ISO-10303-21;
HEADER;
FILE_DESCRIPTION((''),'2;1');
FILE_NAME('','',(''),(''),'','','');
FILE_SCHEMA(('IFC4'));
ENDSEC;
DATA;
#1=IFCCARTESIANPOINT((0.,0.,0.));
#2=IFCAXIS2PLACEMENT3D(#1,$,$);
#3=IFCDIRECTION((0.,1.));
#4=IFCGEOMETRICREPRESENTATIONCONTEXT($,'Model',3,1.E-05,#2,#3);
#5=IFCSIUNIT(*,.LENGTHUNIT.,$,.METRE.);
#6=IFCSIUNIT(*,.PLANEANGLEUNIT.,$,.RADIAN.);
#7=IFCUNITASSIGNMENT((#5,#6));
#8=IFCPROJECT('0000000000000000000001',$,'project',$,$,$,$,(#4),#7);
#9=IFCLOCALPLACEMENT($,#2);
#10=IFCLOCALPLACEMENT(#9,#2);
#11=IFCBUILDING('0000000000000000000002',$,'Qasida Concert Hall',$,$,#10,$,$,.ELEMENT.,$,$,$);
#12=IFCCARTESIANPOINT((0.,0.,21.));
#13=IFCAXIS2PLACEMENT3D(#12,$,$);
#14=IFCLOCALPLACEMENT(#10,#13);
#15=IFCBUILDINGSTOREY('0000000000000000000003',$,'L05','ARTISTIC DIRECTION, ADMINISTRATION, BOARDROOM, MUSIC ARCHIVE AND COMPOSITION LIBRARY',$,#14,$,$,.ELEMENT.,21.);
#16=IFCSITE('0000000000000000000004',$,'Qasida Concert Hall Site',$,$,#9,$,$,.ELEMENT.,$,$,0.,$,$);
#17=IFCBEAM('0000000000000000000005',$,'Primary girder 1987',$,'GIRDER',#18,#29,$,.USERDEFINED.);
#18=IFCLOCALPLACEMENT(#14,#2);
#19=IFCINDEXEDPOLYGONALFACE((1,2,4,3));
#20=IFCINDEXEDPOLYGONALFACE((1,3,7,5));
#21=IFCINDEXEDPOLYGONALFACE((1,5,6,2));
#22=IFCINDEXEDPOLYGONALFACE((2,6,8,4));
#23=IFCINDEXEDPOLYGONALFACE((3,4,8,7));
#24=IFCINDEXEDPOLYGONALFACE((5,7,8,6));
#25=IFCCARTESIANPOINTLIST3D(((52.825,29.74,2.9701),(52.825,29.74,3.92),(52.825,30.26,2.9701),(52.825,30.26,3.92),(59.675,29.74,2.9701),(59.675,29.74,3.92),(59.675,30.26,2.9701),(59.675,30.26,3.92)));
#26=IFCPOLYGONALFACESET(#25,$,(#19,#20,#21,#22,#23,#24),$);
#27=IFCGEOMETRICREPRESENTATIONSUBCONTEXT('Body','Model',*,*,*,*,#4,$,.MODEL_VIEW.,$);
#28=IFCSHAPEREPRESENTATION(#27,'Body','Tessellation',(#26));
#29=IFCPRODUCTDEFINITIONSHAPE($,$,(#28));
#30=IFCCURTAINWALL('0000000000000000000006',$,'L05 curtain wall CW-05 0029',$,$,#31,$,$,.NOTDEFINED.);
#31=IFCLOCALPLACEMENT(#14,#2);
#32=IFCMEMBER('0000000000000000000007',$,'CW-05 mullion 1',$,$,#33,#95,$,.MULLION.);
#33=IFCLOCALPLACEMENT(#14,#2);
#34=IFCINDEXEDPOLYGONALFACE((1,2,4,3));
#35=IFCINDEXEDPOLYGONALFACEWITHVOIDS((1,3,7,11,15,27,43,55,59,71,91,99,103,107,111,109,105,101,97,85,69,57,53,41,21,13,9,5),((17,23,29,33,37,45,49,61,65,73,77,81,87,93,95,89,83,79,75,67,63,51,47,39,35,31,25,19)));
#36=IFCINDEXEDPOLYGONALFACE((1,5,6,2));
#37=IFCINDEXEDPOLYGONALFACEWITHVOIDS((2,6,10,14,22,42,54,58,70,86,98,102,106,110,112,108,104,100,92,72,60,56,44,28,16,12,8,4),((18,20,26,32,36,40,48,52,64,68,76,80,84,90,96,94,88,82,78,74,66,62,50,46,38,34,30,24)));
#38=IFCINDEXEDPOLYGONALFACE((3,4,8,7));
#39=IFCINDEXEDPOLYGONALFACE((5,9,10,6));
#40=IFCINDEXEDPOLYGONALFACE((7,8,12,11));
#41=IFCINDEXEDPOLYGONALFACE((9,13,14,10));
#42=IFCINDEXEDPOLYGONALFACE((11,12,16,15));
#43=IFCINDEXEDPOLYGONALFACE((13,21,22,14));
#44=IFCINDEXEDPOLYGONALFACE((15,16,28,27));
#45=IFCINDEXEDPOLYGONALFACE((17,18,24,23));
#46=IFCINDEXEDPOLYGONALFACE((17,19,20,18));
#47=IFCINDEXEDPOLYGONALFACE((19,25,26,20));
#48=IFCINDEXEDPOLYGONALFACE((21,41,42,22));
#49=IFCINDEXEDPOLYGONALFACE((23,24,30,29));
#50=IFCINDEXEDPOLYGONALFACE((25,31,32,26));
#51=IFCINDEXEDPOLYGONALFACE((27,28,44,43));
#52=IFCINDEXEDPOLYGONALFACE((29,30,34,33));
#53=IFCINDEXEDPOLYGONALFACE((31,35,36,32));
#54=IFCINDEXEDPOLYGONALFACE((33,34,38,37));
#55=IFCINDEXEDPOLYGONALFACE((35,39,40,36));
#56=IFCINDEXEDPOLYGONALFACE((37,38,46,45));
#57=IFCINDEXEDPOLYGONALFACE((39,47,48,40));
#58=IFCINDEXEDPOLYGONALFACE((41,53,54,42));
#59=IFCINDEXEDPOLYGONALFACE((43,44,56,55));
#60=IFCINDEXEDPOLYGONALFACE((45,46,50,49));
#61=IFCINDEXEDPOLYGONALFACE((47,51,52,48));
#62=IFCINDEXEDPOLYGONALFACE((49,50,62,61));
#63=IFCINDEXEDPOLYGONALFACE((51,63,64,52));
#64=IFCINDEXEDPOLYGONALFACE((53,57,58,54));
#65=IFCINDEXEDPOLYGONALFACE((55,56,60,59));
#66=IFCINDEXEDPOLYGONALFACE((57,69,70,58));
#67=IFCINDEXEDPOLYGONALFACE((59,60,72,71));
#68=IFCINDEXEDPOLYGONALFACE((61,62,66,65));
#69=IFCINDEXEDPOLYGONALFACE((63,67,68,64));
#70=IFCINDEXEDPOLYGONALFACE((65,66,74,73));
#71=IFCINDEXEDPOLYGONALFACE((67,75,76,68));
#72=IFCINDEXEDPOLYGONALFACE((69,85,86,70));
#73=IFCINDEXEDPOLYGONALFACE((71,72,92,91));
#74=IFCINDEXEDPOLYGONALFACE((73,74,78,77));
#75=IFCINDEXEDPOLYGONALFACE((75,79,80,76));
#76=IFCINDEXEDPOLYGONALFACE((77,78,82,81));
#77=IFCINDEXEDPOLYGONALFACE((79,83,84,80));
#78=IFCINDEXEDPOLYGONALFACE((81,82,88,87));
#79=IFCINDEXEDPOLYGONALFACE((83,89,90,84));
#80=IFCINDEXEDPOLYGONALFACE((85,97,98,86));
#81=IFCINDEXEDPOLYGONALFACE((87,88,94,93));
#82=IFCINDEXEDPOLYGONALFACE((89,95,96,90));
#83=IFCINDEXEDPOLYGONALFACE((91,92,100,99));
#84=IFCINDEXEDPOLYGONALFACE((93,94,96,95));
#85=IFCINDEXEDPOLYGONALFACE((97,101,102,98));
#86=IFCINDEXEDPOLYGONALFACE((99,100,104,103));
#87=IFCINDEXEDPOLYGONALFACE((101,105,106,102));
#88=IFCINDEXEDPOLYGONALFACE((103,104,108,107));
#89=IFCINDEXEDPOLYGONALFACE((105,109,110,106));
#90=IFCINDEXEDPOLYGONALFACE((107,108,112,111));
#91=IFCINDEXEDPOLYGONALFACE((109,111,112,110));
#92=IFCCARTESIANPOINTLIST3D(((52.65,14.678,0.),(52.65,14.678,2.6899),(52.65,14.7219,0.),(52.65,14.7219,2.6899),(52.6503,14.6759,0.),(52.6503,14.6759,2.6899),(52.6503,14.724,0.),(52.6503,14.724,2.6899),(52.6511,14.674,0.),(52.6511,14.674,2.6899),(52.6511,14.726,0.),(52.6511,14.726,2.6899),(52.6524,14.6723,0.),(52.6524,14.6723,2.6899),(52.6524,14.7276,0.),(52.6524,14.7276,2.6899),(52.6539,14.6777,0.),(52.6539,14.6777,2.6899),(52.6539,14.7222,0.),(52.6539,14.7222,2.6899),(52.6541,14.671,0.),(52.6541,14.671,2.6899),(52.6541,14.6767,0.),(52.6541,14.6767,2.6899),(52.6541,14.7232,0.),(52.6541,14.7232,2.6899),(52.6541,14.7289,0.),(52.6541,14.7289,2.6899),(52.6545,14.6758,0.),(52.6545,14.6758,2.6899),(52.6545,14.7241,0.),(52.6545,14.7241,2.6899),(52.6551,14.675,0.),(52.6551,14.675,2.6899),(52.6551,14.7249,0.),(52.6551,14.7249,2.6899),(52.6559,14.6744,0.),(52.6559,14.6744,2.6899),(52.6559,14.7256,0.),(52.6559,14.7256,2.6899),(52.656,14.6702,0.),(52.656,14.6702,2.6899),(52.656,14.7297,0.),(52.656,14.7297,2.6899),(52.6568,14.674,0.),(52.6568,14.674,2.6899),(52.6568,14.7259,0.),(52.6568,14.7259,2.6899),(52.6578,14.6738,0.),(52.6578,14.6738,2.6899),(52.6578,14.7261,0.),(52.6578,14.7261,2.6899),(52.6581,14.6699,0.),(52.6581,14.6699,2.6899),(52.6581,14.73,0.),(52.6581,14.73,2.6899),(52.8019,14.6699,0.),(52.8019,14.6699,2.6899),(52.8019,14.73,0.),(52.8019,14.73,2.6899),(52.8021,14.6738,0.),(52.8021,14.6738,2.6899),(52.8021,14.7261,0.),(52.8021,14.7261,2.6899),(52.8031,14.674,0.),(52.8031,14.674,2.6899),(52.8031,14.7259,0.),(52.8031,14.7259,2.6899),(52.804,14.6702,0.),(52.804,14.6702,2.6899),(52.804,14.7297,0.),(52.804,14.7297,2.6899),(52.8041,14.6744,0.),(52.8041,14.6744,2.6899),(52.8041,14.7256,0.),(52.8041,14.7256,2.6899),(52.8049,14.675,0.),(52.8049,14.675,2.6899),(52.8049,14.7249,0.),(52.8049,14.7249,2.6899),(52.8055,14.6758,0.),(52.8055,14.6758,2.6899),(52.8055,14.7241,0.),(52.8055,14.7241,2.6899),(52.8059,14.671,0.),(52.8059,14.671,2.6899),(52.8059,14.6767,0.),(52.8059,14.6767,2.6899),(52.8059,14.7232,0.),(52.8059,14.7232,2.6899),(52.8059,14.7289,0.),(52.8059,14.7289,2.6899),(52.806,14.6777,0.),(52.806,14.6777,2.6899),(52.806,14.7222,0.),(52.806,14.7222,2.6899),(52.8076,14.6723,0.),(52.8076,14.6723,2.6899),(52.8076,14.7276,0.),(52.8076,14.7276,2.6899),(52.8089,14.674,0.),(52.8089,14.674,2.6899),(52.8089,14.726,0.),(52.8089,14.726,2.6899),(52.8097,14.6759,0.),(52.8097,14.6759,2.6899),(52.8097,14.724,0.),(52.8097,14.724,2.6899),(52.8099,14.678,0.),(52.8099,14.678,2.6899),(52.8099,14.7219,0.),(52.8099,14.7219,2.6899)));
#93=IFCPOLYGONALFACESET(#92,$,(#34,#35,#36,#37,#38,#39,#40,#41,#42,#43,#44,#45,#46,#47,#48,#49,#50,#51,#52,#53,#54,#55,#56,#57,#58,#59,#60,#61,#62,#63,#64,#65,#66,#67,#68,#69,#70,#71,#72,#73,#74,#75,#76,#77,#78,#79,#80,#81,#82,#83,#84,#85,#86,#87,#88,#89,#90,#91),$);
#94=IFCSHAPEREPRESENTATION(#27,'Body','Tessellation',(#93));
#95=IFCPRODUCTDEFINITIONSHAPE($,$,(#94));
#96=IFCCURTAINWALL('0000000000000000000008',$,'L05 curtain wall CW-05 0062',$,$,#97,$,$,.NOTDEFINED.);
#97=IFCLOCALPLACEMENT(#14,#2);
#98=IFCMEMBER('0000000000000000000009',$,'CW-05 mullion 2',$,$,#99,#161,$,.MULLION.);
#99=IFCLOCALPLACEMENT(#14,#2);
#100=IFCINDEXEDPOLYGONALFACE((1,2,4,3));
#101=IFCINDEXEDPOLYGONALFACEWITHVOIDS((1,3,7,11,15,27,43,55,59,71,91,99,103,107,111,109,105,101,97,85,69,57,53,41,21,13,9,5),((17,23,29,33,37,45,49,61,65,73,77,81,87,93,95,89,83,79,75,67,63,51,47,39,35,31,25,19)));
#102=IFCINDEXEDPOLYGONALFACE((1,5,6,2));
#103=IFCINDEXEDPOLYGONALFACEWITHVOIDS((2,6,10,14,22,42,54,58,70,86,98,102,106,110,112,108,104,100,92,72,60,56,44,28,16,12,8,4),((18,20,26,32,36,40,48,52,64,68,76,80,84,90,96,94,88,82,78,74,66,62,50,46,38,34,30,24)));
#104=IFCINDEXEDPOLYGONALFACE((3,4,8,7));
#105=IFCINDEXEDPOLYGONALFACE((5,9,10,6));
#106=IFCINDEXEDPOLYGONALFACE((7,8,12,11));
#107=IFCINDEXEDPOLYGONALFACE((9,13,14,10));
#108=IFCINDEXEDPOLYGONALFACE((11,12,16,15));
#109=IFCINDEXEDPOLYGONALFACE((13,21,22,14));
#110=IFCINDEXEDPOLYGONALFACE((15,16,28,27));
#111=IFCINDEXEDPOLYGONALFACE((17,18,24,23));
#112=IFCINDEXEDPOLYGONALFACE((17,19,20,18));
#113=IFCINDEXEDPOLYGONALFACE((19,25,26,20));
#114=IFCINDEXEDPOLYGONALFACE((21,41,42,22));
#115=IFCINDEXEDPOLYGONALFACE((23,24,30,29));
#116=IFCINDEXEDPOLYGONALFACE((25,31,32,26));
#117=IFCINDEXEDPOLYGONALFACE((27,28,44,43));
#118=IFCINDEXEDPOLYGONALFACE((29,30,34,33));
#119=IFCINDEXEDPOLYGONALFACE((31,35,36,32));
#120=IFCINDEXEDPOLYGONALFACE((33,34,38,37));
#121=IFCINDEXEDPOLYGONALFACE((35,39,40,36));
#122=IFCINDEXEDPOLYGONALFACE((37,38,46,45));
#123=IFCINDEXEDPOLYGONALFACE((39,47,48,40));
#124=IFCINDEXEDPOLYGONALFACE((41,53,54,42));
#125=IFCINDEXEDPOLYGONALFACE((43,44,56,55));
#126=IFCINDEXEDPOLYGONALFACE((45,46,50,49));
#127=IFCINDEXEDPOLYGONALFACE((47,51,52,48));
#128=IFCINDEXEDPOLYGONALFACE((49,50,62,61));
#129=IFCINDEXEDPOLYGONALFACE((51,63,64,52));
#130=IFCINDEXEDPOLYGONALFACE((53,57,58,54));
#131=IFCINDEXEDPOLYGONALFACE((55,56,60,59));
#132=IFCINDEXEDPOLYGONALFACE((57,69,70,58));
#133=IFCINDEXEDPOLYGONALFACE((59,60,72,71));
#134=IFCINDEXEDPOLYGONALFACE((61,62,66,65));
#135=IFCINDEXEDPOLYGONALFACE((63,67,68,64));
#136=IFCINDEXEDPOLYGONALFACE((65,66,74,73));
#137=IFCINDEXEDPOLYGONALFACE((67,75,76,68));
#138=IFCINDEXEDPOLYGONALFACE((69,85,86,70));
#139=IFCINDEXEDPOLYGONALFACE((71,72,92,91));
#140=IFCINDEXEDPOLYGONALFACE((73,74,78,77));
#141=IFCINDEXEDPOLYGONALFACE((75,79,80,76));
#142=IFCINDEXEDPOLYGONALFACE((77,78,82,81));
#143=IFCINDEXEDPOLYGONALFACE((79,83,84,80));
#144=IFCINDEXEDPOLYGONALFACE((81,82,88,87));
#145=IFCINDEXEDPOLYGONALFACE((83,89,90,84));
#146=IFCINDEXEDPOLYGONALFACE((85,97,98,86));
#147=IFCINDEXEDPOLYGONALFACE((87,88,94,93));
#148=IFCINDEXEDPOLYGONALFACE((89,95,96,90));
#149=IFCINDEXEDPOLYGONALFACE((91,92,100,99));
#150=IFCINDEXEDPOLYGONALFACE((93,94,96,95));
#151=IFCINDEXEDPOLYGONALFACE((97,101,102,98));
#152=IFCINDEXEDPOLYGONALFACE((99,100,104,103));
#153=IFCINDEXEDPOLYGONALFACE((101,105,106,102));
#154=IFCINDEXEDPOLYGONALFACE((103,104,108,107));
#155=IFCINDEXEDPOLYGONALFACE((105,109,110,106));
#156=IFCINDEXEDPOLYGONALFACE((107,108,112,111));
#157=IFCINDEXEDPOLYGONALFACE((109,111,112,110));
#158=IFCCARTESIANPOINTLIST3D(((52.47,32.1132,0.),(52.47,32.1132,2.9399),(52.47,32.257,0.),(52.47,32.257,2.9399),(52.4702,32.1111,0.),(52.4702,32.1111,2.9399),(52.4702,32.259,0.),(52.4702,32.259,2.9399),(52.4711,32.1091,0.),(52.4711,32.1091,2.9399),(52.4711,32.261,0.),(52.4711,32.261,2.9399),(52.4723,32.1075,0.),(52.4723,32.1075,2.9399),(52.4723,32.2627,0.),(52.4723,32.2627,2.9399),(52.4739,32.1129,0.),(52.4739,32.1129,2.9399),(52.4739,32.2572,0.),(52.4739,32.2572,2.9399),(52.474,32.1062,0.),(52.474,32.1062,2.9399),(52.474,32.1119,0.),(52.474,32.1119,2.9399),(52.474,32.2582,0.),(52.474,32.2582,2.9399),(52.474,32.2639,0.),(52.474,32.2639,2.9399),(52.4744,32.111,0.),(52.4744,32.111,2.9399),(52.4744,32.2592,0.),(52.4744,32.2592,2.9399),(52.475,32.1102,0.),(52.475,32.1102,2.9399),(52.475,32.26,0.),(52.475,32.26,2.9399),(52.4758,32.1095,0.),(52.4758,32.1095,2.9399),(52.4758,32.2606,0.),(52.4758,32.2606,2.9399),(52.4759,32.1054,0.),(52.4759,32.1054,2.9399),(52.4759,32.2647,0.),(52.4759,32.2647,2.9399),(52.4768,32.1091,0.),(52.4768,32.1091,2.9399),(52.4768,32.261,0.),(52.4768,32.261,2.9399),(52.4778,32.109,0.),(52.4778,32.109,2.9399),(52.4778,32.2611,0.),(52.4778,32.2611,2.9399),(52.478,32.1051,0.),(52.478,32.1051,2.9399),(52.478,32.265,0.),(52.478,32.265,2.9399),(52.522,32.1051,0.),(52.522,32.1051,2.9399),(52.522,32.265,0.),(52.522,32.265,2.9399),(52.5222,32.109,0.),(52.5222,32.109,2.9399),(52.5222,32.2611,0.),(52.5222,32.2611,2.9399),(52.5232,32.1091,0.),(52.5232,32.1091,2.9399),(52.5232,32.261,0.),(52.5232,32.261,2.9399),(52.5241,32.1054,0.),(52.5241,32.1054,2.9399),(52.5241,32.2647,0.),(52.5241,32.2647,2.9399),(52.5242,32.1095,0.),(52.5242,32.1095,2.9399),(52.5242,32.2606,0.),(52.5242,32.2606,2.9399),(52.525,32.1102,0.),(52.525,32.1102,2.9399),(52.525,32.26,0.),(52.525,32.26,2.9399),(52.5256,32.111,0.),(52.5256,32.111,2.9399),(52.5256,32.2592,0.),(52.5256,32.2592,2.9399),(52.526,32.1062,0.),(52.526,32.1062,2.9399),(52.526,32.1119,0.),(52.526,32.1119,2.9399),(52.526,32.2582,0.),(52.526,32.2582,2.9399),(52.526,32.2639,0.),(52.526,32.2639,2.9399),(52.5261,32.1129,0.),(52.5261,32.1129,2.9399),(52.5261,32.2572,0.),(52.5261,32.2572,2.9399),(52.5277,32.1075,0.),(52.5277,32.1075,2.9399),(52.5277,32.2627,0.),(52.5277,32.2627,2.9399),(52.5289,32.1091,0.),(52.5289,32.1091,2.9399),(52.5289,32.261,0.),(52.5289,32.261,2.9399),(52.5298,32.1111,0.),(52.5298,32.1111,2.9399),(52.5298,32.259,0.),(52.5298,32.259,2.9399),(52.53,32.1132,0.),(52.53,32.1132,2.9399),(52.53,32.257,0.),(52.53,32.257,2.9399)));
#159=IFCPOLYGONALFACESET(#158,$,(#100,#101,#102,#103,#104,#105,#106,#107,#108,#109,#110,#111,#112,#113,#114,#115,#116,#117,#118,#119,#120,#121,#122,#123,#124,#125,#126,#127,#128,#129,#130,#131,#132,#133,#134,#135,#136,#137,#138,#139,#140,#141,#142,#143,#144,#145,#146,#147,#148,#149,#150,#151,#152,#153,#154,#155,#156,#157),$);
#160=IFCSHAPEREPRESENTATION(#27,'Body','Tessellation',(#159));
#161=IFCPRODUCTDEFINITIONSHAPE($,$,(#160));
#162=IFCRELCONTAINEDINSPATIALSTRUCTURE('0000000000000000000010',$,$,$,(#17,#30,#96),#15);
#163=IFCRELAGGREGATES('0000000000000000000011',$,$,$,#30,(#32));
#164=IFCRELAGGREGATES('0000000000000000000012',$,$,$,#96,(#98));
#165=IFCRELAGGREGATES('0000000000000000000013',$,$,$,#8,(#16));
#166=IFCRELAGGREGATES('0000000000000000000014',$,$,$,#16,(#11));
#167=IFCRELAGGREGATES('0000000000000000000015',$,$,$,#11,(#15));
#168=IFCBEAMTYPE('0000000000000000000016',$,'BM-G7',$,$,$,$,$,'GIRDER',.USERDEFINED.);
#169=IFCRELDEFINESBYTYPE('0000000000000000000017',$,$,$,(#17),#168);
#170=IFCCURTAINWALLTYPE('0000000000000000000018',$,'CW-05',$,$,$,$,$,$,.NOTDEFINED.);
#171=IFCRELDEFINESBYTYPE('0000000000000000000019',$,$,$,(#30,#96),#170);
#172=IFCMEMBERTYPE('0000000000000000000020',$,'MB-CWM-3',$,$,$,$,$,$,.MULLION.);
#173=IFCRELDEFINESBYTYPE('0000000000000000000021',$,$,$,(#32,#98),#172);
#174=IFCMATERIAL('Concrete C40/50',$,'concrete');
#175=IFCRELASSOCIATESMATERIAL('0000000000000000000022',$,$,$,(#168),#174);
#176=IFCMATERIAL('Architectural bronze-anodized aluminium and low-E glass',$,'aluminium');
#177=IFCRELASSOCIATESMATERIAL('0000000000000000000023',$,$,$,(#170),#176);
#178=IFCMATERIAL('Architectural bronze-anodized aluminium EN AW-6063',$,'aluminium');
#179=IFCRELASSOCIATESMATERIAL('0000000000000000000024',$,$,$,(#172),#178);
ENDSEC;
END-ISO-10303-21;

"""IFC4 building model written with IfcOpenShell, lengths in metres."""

from ifc_helpers import new_model, si_unit, direction, frame, origin, origin_2d, place, context, subcontext, project, spatial, rectangle, hollow_rectangle, extrude, material, material_profile, profile_set, type_object, element, aggregate, save


model = new_model("IFC4")

# Units and contexts
model_context = context("Model", 3, precision=1e-05, world=origin(), true_north=direction((0.0, 1.0)))
body_context = subcontext(model_context, "Body", "Model", "MODEL_VIEW")
ifc_project = project(units=[si_unit("LENGTHUNIT", "METRE"), si_unit("PLANEANGLEUNIT", "RADIAN")], contexts=[model_context])

# Site, building, storey
site_placement = place(None, origin())
site = spatial("IfcSite", under=ifc_project, at=site_placement, Name="Qasida Concert Hall Site", CompositionType="ELEMENT", RefElevation=0.0)
building_placement = place(site_placement, origin())
building = spatial("IfcBuilding", under=site, at=building_placement, Name="Qasida Concert Hall", CompositionType="ELEMENT")
storey_placement = place(building_placement, frame((0.0, 0.0, 21.0)))
storey = spatial("IfcBuildingStorey", under=building, at=storey_placement, Name="L05", Description="ARTISTIC DIRECTION, ADMINISTRATION, BOARDROOM, MUSIC ARCHIVE AND COMPOSITION LIBRARY", CompositionType="ELEMENT", Elevation=21.0)

# Beam
ifc_material_1 = material(Name="Concrete C40/50", Category="concrete")
ifc_material_profile_1 = material_profile(ifc_material_1, rectangle(XDim=0.52, YDim=0.95, at=origin_2d()), Name="RC 520x950")
ifc_profile_set_1 = profile_set([ifc_material_profile_1], Name="Concrete C40/50")
beam_type = type_object("IfcBeamType", Name="BM-G7", ElementType="GIRDER", PredefinedType="USERDEFINED", material=ifc_profile_set_1)
beam_placement = place(storey_placement, frame((52.825, 30.0, 3.4451), z_axis=(1.0, 0.0, 0.0), x_axis=(0.0, 1.0, 0.0)))
element("IfcBeam", 1, at=beam_placement, inside=storey, type_object=beam_type, Name="Primary girder 1987", ObjectType="GIRDER", PredefinedType="USERDEFINED", context=body_context, shape_type="SweptSolid", body=[
    extrude(rectangle(XDim=0.52, YDim=0.95, at=origin_2d()), origin(), (0.0, 0.0, 1.0), 6.8501),
])

# Curtain wall, member
ifc_material_2 = material(Name="Architectural bronze-anodized aluminium and low-E glass", Category="aluminium")
curtain_wall_type = type_object("IfcCurtainWallType", Name="CW-05", PredefinedType="NOTDEFINED", material=ifc_material_2)
curtain_wall_1_placement = place(storey_placement, origin())
curtain_wall_1 = element("IfcCurtainWall", 2, at=curtain_wall_1_placement, inside=storey, type_object=curtain_wall_type, Name="L05 curtain wall CW-05 0029", PredefinedType="NOTDEFINED")
ifc_material_3 = material(Name="Architectural bronze-anodized aluminium EN AW-6063", Category="aluminium")
ifc_material_profile_2 = material_profile(ifc_material_3, hollow_rectangle(XDim=0.0601, YDim=0.1599, WallThickness=0.0039, InnerFilletRadius=0.0039, OuterFilletRadius=0.0081, at=origin_2d()), Name="CWM 160x60x4")
ifc_profile_set_2 = profile_set([ifc_material_profile_2], Name="Architectural bronze-anodized aluminium EN AW-6063")
member_type_1 = type_object("IfcMemberType", Name="MB-CWM-3", PredefinedType="MULLION", material=ifc_profile_set_2)
member_1_placement = place(storey_placement, frame((52.73, 14.7, 0.0), z_axis=(0.0, 0.0, 1.0), x_axis=(0.0, 1.0, 0.0)))
member_1 = element("IfcMember", 3, at=member_1_placement, type_object=member_type_1, Name="CW-05 mullion 1", PredefinedType="MULLION", context=body_context, shape_type="SweptSolid", body=[
    extrude(hollow_rectangle(XDim=0.0601, YDim=0.1599, WallThickness=0.0039, InnerFilletRadius=0.0039, OuterFilletRadius=0.0081, at=origin_2d()), origin(), (0.0, 0.0, 1.0), 2.6899),
])

# Curtain wall, member
curtain_wall_2_placement = place(storey_placement, origin())
curtain_wall_2 = element("IfcCurtainWall", 4, at=curtain_wall_2_placement, inside=storey, type_object=curtain_wall_type, Name="L05 curtain wall CW-05 0062", PredefinedType="NOTDEFINED")
member_2_placement = place(storey_placement, frame((52.5, 32.1851, 0.0), z_axis=(0.0, 0.0, 1.0), x_axis=(-1.0, 0.0, 0.0)))
member_2 = element("IfcMember", 5, at=member_2_placement, type_object=member_type_1, Name="CW-05 mullion 2", PredefinedType="MULLION", context=body_context, shape_type="SweptSolid", body=[
    extrude(hollow_rectangle(XDim=0.0601, YDim=0.1599, WallThickness=0.0039, InnerFilletRadius=0.0039, OuterFilletRadius=0.0081, at=origin_2d()), origin(), (0.0, 0.0, 1.0), 2.9399),
])

aggregate(curtain_wall_1, [member_1])

aggregate(curtain_wall_2, [member_2])

save(model, "model.ifc")
